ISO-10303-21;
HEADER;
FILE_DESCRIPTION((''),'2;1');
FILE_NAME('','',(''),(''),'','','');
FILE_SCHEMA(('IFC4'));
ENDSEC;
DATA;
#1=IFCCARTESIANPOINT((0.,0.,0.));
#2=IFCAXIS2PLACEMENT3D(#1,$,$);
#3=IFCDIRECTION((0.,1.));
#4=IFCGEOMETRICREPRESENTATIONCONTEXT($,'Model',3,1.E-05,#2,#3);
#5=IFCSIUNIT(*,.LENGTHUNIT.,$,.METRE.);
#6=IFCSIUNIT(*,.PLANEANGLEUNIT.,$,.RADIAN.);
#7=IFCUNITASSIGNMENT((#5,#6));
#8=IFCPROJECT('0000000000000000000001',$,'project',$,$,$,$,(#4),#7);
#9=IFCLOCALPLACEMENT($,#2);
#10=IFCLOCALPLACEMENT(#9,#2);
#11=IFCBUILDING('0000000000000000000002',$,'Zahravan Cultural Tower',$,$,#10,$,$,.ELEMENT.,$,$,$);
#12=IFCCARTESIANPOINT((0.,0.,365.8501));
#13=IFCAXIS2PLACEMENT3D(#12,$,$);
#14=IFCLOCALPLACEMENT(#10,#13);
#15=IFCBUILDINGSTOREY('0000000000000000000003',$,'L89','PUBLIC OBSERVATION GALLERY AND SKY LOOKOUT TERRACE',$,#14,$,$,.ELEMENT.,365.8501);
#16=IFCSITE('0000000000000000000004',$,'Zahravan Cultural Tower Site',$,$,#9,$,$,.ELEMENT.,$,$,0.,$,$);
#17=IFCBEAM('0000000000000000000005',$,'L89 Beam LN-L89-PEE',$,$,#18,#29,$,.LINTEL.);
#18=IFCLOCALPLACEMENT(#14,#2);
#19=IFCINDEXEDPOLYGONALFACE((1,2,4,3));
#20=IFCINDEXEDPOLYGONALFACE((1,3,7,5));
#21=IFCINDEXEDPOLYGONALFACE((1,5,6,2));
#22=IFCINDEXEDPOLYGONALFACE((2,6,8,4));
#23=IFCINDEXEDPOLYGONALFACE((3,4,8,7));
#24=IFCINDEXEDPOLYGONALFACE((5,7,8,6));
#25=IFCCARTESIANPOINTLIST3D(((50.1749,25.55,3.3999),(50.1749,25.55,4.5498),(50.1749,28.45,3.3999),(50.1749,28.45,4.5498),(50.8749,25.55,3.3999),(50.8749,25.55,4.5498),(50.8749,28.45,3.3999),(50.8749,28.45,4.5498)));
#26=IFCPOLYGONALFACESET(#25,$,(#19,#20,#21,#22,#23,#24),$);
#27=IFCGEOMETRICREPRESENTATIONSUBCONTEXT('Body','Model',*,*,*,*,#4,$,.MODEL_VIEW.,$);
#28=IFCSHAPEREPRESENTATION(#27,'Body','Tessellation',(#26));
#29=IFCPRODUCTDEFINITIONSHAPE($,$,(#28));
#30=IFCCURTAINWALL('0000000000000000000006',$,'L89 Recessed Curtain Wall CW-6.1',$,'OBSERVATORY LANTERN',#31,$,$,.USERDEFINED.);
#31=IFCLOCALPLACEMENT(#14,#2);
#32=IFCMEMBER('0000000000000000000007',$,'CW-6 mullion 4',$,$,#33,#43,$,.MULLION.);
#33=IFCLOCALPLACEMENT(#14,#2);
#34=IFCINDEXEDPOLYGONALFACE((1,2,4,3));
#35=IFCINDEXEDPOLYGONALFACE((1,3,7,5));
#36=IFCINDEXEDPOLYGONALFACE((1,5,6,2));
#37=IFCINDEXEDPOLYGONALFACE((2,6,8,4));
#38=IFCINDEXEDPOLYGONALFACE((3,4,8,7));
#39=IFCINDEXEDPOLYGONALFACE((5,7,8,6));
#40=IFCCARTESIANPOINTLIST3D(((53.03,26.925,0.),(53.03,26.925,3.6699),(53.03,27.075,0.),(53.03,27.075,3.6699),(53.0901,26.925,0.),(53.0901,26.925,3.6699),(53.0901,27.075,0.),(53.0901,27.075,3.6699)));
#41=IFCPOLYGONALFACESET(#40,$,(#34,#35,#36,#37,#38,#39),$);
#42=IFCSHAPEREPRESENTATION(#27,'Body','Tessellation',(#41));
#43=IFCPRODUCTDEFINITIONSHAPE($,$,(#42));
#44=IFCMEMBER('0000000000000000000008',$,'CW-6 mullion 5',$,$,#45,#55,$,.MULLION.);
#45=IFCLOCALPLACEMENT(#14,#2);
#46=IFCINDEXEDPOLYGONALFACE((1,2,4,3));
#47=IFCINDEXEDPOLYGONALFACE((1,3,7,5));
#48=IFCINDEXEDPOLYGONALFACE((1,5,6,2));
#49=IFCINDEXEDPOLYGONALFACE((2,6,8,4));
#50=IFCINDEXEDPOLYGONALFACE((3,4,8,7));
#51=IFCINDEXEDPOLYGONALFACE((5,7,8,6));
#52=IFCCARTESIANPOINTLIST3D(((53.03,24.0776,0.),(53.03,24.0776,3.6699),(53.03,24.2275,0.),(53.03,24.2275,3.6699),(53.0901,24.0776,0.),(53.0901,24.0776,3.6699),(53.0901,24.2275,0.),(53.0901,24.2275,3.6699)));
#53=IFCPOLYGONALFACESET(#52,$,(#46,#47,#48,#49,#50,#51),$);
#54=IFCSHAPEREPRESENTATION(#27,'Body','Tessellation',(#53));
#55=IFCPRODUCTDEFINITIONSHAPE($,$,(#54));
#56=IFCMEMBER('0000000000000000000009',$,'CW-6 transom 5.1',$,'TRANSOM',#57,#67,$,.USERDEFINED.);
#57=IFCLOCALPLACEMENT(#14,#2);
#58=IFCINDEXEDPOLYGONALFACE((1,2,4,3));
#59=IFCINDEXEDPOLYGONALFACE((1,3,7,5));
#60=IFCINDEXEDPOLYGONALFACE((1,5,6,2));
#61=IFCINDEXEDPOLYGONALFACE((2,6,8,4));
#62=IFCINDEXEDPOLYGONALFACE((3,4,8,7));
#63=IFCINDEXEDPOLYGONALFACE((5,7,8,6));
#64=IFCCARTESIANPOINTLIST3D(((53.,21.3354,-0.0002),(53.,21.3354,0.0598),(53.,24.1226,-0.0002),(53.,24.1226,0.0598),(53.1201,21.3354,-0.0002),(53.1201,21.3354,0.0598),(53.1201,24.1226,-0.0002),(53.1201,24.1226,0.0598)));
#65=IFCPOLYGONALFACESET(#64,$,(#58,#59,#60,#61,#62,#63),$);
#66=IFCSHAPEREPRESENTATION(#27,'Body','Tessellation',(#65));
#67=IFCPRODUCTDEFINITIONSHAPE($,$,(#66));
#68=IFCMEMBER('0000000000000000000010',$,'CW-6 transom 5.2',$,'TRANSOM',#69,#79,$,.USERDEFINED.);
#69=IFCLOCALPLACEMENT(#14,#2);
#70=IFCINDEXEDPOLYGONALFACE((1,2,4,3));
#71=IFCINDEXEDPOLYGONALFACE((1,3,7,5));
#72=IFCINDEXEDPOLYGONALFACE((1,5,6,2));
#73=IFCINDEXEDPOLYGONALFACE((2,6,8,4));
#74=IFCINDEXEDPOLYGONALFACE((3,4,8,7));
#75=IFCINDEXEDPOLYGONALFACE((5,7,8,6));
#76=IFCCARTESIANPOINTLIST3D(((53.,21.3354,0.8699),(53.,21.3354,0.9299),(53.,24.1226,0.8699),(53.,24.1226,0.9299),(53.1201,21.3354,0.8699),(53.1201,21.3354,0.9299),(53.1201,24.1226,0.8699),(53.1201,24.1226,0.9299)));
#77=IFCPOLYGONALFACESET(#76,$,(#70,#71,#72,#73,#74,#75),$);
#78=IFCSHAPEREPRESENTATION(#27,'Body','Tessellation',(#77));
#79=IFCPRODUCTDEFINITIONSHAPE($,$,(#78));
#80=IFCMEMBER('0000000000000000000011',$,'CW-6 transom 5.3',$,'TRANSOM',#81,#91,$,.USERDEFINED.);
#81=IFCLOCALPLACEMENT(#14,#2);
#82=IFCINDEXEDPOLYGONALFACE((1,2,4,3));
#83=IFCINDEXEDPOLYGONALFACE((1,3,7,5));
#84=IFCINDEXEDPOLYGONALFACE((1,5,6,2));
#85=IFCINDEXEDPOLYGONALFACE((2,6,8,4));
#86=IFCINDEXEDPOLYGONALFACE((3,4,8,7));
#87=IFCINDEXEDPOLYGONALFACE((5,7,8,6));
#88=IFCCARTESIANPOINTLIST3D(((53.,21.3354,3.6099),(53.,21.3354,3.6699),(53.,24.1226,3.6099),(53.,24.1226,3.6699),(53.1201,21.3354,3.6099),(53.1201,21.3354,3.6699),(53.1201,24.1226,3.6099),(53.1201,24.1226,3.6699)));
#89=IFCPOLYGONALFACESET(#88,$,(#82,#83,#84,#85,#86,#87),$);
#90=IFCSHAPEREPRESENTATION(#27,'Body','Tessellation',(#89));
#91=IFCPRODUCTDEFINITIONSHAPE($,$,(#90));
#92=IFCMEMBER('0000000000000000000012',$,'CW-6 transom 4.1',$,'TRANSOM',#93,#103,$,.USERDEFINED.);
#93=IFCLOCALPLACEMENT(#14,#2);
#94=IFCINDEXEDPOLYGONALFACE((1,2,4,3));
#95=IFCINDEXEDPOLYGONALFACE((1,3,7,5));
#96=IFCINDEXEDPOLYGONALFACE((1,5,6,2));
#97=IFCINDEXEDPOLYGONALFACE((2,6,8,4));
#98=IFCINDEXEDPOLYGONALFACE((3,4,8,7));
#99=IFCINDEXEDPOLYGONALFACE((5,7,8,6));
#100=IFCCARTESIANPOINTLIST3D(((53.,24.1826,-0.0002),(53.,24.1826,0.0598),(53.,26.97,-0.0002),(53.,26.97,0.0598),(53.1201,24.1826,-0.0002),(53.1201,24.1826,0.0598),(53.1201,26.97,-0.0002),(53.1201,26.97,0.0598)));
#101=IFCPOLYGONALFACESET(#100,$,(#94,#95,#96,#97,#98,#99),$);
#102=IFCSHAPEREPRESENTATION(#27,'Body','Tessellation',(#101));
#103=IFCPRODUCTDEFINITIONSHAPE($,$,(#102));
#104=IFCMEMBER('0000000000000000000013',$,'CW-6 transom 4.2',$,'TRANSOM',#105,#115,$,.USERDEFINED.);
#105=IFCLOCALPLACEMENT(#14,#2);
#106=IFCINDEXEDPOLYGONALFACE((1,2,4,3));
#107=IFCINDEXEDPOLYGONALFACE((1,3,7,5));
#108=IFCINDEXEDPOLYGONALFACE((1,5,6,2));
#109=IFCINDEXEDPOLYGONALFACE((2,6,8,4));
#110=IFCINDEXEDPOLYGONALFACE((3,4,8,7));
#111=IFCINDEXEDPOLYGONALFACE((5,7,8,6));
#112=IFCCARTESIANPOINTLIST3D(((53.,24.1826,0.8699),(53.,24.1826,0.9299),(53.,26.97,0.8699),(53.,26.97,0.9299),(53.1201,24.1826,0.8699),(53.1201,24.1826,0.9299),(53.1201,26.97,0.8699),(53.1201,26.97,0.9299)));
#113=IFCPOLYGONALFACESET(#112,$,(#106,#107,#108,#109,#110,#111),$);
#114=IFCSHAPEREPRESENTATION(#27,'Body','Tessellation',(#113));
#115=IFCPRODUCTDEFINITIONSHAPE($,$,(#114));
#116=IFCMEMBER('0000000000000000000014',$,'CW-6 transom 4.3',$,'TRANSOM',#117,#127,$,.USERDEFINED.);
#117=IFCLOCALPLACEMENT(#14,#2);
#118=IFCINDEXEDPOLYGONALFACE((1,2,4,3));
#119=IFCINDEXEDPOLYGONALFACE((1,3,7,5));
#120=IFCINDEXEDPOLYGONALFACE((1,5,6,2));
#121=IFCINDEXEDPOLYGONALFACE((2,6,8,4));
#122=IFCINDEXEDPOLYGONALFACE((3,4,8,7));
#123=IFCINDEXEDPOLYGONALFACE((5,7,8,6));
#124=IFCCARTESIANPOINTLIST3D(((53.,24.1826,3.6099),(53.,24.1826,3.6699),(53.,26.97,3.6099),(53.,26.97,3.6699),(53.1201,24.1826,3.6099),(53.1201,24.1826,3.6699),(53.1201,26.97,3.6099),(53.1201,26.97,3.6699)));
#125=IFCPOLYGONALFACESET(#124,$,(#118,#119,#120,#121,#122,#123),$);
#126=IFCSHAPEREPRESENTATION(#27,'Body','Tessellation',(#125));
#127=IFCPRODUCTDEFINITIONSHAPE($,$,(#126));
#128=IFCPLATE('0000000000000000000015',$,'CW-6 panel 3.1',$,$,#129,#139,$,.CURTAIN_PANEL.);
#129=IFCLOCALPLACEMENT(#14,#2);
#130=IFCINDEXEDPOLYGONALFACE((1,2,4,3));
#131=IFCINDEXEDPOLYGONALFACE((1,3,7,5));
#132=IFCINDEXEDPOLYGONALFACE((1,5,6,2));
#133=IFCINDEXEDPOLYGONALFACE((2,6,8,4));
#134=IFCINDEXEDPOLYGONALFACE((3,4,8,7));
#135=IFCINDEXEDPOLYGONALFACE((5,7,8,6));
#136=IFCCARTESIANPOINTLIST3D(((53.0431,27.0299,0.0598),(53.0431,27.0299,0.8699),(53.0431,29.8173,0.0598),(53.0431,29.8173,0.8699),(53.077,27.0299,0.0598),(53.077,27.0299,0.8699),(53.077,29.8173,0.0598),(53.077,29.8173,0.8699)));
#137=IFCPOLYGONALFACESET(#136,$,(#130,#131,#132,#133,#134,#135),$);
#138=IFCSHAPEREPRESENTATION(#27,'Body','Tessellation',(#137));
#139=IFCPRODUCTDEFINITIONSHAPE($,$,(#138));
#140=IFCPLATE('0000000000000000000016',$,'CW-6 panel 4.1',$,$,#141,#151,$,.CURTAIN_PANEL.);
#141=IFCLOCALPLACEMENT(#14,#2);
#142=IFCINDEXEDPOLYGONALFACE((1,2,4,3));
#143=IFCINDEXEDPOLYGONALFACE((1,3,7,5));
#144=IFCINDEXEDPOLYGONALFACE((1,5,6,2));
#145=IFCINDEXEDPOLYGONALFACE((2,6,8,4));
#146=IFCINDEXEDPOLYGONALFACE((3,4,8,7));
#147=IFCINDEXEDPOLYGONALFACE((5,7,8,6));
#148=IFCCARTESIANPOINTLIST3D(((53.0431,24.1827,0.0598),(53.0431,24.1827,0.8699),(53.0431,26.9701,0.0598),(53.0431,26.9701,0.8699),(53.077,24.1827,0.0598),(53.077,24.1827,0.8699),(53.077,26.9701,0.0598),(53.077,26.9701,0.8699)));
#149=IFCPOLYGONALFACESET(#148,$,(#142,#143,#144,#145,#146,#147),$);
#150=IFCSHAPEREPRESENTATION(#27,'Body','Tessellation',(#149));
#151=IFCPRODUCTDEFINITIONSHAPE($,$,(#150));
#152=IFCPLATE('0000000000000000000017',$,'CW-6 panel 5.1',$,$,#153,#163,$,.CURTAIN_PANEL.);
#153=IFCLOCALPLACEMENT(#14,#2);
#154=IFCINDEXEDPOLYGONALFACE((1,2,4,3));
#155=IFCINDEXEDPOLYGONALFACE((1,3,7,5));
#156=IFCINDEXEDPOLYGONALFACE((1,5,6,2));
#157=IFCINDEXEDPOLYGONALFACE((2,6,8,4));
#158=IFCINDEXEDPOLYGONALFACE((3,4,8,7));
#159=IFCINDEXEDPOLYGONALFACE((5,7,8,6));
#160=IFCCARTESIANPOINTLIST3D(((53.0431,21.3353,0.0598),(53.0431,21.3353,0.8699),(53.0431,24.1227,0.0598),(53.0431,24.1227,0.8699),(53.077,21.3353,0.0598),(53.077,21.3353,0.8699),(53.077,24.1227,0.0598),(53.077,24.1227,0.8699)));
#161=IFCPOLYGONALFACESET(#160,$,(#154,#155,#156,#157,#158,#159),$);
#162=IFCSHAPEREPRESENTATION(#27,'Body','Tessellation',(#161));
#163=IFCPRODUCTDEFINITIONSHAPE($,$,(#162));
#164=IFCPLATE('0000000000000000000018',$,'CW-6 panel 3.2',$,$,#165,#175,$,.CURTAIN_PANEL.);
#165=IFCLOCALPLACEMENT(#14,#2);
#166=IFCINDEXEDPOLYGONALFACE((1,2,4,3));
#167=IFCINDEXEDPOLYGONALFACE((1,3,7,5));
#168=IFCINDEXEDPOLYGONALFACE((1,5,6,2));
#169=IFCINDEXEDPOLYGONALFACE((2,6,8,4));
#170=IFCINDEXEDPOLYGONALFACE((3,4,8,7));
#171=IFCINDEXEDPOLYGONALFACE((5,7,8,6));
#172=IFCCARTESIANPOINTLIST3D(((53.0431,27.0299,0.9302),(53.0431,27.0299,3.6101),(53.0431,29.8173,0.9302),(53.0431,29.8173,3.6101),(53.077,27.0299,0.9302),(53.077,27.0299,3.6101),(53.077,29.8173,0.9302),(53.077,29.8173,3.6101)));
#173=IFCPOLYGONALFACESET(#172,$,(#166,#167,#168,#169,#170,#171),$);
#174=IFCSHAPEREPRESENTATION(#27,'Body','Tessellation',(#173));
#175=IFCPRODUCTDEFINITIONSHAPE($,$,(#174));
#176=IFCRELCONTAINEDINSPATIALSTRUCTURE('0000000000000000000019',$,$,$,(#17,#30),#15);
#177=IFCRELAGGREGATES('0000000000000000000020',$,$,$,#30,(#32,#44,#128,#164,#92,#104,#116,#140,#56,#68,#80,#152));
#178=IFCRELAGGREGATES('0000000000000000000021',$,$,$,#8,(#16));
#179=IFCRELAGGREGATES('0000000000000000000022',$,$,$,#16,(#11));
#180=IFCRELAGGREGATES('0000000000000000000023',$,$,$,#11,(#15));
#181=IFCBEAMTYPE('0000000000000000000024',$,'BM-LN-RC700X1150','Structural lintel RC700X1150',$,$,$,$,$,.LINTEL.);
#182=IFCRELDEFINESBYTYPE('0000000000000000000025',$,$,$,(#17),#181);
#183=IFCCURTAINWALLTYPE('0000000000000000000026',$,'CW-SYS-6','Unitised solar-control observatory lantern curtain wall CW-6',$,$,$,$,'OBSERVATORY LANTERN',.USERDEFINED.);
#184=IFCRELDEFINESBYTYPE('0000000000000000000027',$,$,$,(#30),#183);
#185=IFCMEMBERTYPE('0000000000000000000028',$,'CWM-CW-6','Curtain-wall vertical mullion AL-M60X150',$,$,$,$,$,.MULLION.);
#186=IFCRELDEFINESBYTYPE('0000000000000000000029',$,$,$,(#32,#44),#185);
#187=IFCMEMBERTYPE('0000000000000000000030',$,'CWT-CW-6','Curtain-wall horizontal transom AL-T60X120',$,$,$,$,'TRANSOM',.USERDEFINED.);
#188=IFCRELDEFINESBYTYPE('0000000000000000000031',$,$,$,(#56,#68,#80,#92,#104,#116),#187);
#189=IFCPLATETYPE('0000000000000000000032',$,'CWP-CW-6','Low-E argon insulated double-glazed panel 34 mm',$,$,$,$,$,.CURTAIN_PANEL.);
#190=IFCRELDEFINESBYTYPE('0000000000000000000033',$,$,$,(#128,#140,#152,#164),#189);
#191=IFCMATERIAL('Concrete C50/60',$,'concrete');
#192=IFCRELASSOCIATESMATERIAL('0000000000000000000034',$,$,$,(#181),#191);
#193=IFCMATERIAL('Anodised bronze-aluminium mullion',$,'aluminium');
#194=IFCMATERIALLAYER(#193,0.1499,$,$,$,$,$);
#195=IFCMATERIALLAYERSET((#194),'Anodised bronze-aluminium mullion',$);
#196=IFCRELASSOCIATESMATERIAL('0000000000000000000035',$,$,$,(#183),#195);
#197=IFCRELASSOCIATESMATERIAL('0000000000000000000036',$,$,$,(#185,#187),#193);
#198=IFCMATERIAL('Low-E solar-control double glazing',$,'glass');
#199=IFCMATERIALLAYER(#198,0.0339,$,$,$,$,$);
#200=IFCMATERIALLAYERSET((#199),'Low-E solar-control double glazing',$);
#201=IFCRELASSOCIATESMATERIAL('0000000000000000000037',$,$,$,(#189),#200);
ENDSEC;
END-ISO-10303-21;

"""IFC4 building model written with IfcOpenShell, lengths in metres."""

from ifc_helpers import new_model, si_unit, direction, frame, origin, origin_2d, place, context, subcontext, project, spatial, rectangle, extrude, source, transform, mapped, material, layer, layer_set, material_profile, profile_set, type_object, element, aggregate, save


model = new_model("IFC4")

# Units and contexts
model_context = context("Model", 3, precision=1e-05, world=origin(), true_north=direction((0.0, 1.0)))
body_context = subcontext(model_context, "Body", "Model", "MODEL_VIEW")
ifc_project = project(units=[si_unit("LENGTHUNIT", "METRE"), si_unit("PLANEANGLEUNIT", "RADIAN")], contexts=[model_context])

# Site, building, storey
site_placement = place(None, origin())
site = spatial("IfcSite", under=ifc_project, at=site_placement, Name="Zahravan Cultural Tower Site", CompositionType="ELEMENT", RefElevation=0.0)
building_placement = place(site_placement, origin())
building = spatial("IfcBuilding", under=site, at=building_placement, Name="Zahravan Cultural Tower", CompositionType="ELEMENT")
storey_placement = place(building_placement, frame((0.0, 0.0, 365.8501)))
storey = spatial("IfcBuildingStorey", under=building, at=storey_placement, Name="L89", Description="PUBLIC OBSERVATION GALLERY AND SKY LOOKOUT TERRACE", CompositionType="ELEMENT", Elevation=365.8501)

# Beam
ifc_material_1 = material(Name="Concrete C50/60", Category="concrete")
ifc_material_profile_1 = material_profile(ifc_material_1, rectangle(XDim=0.7, YDim=1.1499, at=origin_2d()), Name="RC700X1150")
ifc_profile_set_1 = profile_set([ifc_material_profile_1], Name="Concrete C50/60")
beam_type = type_object("IfcBeamType", Name="BM-LN-RC700X1150", Description="Structural lintel RC700X1150", PredefinedType="LINTEL", material=ifc_profile_set_1)
shared_shape_1 = source(origin(), body_context, "Body", "SweptSolid", [
    extrude(rectangle(XDim=0.7, YDim=1.1499, at=origin_2d()), origin(), (0.0, 0.0, 1.0), 2.8999),
])
beam_placement = place(storey_placement, frame((50.5249, 25.55, 3.9749), z_axis=(0.0, 1.0, 0.0), x_axis=(-1.0, 0.0, 0.0)))
element("IfcBeam", 1, at=beam_placement, inside=storey, type_object=beam_type, Name="L89 Beam LN-L89-PEE", PredefinedType="LINTEL", context=body_context, shape_type="MappedRepresentation", body=[
    mapped(shared_shape_1, transform((0.0, 0.0, 0.0), x_axis=(1.0, 0.0, 0.0), y_axis=(0.0, 1.0, 0.0), z_axis=(0.0, 0.0, 1.0), scale=1.0)),
])

# Curtain wall, members, plates
ifc_material_2 = material(Name="Anodised bronze-aluminium mullion", Category="aluminium")
ifc_layer_1 = layer(ifc_material_2, 0.1499)
ifc_layer_set_1 = layer_set([ifc_layer_1], Name="Anodised bronze-aluminium mullion")
curtain_wall_type = type_object("IfcCurtainWallType", Name="CW-SYS-6", Description="Unitised solar-control observatory lantern curtain wall CW-6", ElementType="OBSERVATORY LANTERN", PredefinedType="USERDEFINED", material=ifc_layer_set_1)
curtain_wall_placement = place(storey_placement, origin())
curtain_wall = element("IfcCurtainWall", 2, at=curtain_wall_placement, inside=storey, type_object=curtain_wall_type, Name="L89 Recessed Curtain Wall CW-6.1", ObjectType="OBSERVATORY LANTERN", PredefinedType="USERDEFINED")
ifc_material_profile_2 = material_profile(ifc_material_2, rectangle(XDim=0.0601, YDim=0.1499, at=origin_2d()), Name="AL-M60X150")
ifc_profile_set_2 = profile_set([ifc_material_profile_2], Name="Anodised bronze-aluminium mullion")
member_type_1 = type_object("IfcMemberType", Name="CWM-CW-6", Description="Curtain-wall vertical mullion AL-M60X150", PredefinedType="MULLION", material=ifc_profile_set_2)
shared_shape_2 = source(origin(), body_context, "Body", "SweptSolid", [
    extrude(rectangle(XDim=0.0601, YDim=0.1499, at=origin_2d()), origin(), (0.0, 0.0, 1.0), 3.6699),
])
member_1_placement = place(storey_placement, frame((53.0601, 27.0, 0.0), z_axis=(0.0, 0.0, 1.0), x_axis=(1.0, 0.0, 0.0)))
member_1 = element("IfcMember", 3, at=member_1_placement, type_object=member_type_1, Name="CW-6 mullion 4", PredefinedType="MULLION", context=body_context, shape_type="MappedRepresentation", body=[
    mapped(shared_shape_2, transform((0.0, 0.0, 0.0), x_axis=(1.0, 0.0, 0.0), y_axis=(0.0, 1.0, 0.0), z_axis=(0.0, 0.0, 1.0), scale=1.0)),
])
member_2_placement = place(storey_placement, frame((53.0601, 24.1526, 0.0), z_axis=(0.0, 0.0, 1.0), x_axis=(1.0, 0.0, 0.0)))
member_2 = element("IfcMember", 4, at=member_2_placement, type_object=member_type_1, Name="CW-6 mullion 5", PredefinedType="MULLION", context=body_context, shape_type="MappedRepresentation", body=[
    mapped(shared_shape_2, transform((0.0, 0.0, 0.0), x_axis=(1.0, 0.0, 0.0), y_axis=(0.0, 1.0, 0.0), z_axis=(0.0, 0.0, 1.0), scale=1.0)),
])
ifc_material_profile_3 = material_profile(ifc_material_2, rectangle(XDim=0.1201, YDim=0.0601, at=origin_2d()), Name="AL-T60X120")
ifc_profile_set_3 = profile_set([ifc_material_profile_3], Name="Anodised bronze-aluminium mullion")
member_type_2 = type_object("IfcMemberType", Name="CWT-CW-6", Description="Curtain-wall horizontal transom AL-T60X120", ElementType="TRANSOM", PredefinedType="USERDEFINED", material=ifc_profile_set_3)
shared_shape_3 = source(origin(), body_context, "Body", "SweptSolid", [
    extrude(rectangle(XDim=0.1201, YDim=0.0601, at=origin_2d()), origin(), (0.0, 0.0, 1.0), 2.7871),
])
member_3_placement = place(storey_placement, frame((53.0601, 24.1226, 0.0298), z_axis=(0.0, -1.0, 0.0), x_axis=(1.0, 0.0, 0.0)))
member_3 = element("IfcMember", 5, at=member_3_placement, type_object=member_type_2, Name="CW-6 transom 5.1", ObjectType="TRANSOM", PredefinedType="USERDEFINED", context=body_context, shape_type="MappedRepresentation", body=[
    mapped(shared_shape_3, transform((0.0, 0.0, 0.0), x_axis=(1.0, 0.0, 0.0), y_axis=(0.0, 1.0, 0.0), z_axis=(0.0, 0.0, 1.0), scale=1.0)),
])
member_4_placement = place(storey_placement, frame((53.0601, 24.1226, 0.8999), z_axis=(0.0, -1.0, 0.0), x_axis=(1.0, 0.0, 0.0)))
member_4 = element("IfcMember", 6, at=member_4_placement, type_object=member_type_2, Name="CW-6 transom 5.2", ObjectType="TRANSOM", PredefinedType="USERDEFINED", context=body_context, shape_type="MappedRepresentation", body=[
    mapped(shared_shape_3, transform((0.0, 0.0, 0.0), x_axis=(1.0, 0.0, 0.0), y_axis=(0.0, 1.0, 0.0), z_axis=(0.0, 0.0, 1.0), scale=1.0)),
])
member_5_placement = place(storey_placement, frame((53.0601, 24.1226, 3.6399), z_axis=(0.0, -1.0, 0.0), x_axis=(1.0, 0.0, 0.0)))
member_5 = element("IfcMember", 7, at=member_5_placement, type_object=member_type_2, Name="CW-6 transom 5.3", ObjectType="TRANSOM", PredefinedType="USERDEFINED", context=body_context, shape_type="MappedRepresentation", body=[
    mapped(shared_shape_3, transform((0.0, 0.0, 0.0), x_axis=(1.0, 0.0, 0.0), y_axis=(0.0, 1.0, 0.0), z_axis=(0.0, 0.0, 1.0), scale=1.0)),
])
shared_shape_4 = source(origin(), body_context, "Body", "SweptSolid", [
    extrude(rectangle(XDim=0.1201, YDim=0.0601, at=origin_2d()), origin(), (0.0, 0.0, 1.0), 2.7874),
])
member_6_placement = place(storey_placement, frame((53.0601, 26.97, 0.0298), z_axis=(0.0, -1.0, 0.0), x_axis=(1.0, 0.0, 0.0)))
member_6 = element("IfcMember", 8, at=member_6_placement, type_object=member_type_2, Name="CW-6 transom 4.1", ObjectType="TRANSOM", PredefinedType="USERDEFINED", context=body_context, shape_type="MappedRepresentation", body=[
    mapped(shared_shape_4, transform((0.0, 0.0, 0.0), x_axis=(1.0, 0.0, 0.0), y_axis=(0.0, 1.0, 0.0), z_axis=(0.0, 0.0, 1.0), scale=1.0)),
])
member_7_placement = place(storey_placement, frame((53.0601, 26.97, 0.8999), z_axis=(0.0, -1.0, 0.0), x_axis=(1.0, 0.0, 0.0)))
member_7 = element("IfcMember", 9, at=member_7_placement, type_object=member_type_2, Name="CW-6 transom 4.2", ObjectType="TRANSOM", PredefinedType="USERDEFINED", context=body_context, shape_type="MappedRepresentation", body=[
    mapped(shared_shape_4, transform((0.0, 0.0, 0.0), x_axis=(1.0, 0.0, 0.0), y_axis=(0.0, 1.0, 0.0), z_axis=(0.0, 0.0, 1.0), scale=1.0)),
])
member_8_placement = place(storey_placement, frame((53.0601, 26.97, 3.6399), z_axis=(0.0, -1.0, 0.0), x_axis=(1.0, 0.0, 0.0)))
member_8 = element("IfcMember", 10, at=member_8_placement, type_object=member_type_2, Name="CW-6 transom 4.3", ObjectType="TRANSOM", PredefinedType="USERDEFINED", context=body_context, shape_type="MappedRepresentation", body=[
    mapped(shared_shape_4, transform((0.0, 0.0, 0.0), x_axis=(1.0, 0.0, 0.0), y_axis=(0.0, 1.0, 0.0), z_axis=(0.0, 0.0, 1.0), scale=1.0)),
])
ifc_material_3 = material(Name="Low-E solar-control double glazing", Category="glass")
ifc_layer_2 = layer(ifc_material_3, 0.0339)
ifc_layer_set_2 = layer_set([ifc_layer_2], Name="Low-E solar-control double glazing")
plate_type = type_object("IfcPlateType", Name="CWP-CW-6", Description="Low-E argon insulated double-glazed panel 34 mm", PredefinedType="CURTAIN_PANEL", material=ifc_layer_set_2)
shared_shape_5 = source(origin(), body_context, "Body", "SweptSolid", [
    extrude(rectangle(XDim=2.7874, YDim=0.0339, at=origin_2d()), origin(), (0.0, 0.0, 1.0), 0.8101),
])
plate_1_placement = place(storey_placement, frame((53.0601, 28.4236, 0.0598), z_axis=(0.0, 0.0, 1.0), x_axis=(0.0, -1.0, 0.0)))
plate_1 = element("IfcPlate", 11, at=plate_1_placement, type_object=plate_type, Name="CW-6 panel 3.1", PredefinedType="CURTAIN_PANEL", context=body_context, shape_type="MappedRepresentation", body=[
    mapped(shared_shape_5, transform((0.0, 0.0, 0.0), x_axis=(1.0, 0.0, 0.0), y_axis=(0.0, 1.0, 0.0), z_axis=(0.0, 0.0, 1.0), scale=1.0)),
])
plate_2_placement = place(storey_placement, frame((53.0601, 25.5764, 0.0598), z_axis=(0.0, 0.0, 1.0), x_axis=(0.0, -1.0, 0.0)))
plate_2 = element("IfcPlate", 12, at=plate_2_placement, type_object=plate_type, Name="CW-6 panel 4.1", PredefinedType="CURTAIN_PANEL", context=body_context, shape_type="MappedRepresentation", body=[
    mapped(shared_shape_5, transform((0.0, 0.0, 0.0), x_axis=(1.0, 0.0, 0.0), y_axis=(0.0, 1.0, 0.0), z_axis=(0.0, 0.0, 1.0), scale=1.0)),
])
plate_3_placement = place(storey_placement, frame((53.0601, 22.729, 0.0598), z_axis=(0.0, 0.0, 1.0), x_axis=(0.0, -1.0, 0.0)))
plate_3 = element("IfcPlate", 13, at=plate_3_placement, type_object=plate_type, Name="CW-6 panel 5.1", PredefinedType="CURTAIN_PANEL", context=body_context, shape_type="MappedRepresentation", body=[
    mapped(shared_shape_5, transform((0.0, 0.0, 0.0), x_axis=(1.0, 0.0, 0.0), y_axis=(0.0, 1.0, 0.0), z_axis=(0.0, 0.0, 1.0), scale=1.0)),
])
shared_shape_6 = source(origin(), body_context, "Body", "SweptSolid", [
    extrude(rectangle(XDim=2.7874, YDim=0.0339, at=origin_2d()), origin(), (0.0, 0.0, 1.0), 2.6799),
])
plate_4_placement = place(storey_placement, frame((53.0601, 28.4236, 0.9302), z_axis=(0.0, 0.0, 1.0), x_axis=(0.0, -1.0, 0.0)))
plate_4 = element("IfcPlate", 14, at=plate_4_placement, type_object=plate_type, Name="CW-6 panel 3.2", PredefinedType="CURTAIN_PANEL", context=body_context, shape_type="MappedRepresentation", body=[
    mapped(shared_shape_6, transform((0.0, 0.0, 0.0), x_axis=(1.0, 0.0, 0.0), y_axis=(0.0, 1.0, 0.0), z_axis=(0.0, 0.0, 1.0), scale=1.0)),
])
aggregate(curtain_wall, [member_1, member_2, plate_1, plate_4, member_6, member_7, member_8, plate_2, member_3, member_4, member_5, plate_3])

save(model, "model.ifc")
